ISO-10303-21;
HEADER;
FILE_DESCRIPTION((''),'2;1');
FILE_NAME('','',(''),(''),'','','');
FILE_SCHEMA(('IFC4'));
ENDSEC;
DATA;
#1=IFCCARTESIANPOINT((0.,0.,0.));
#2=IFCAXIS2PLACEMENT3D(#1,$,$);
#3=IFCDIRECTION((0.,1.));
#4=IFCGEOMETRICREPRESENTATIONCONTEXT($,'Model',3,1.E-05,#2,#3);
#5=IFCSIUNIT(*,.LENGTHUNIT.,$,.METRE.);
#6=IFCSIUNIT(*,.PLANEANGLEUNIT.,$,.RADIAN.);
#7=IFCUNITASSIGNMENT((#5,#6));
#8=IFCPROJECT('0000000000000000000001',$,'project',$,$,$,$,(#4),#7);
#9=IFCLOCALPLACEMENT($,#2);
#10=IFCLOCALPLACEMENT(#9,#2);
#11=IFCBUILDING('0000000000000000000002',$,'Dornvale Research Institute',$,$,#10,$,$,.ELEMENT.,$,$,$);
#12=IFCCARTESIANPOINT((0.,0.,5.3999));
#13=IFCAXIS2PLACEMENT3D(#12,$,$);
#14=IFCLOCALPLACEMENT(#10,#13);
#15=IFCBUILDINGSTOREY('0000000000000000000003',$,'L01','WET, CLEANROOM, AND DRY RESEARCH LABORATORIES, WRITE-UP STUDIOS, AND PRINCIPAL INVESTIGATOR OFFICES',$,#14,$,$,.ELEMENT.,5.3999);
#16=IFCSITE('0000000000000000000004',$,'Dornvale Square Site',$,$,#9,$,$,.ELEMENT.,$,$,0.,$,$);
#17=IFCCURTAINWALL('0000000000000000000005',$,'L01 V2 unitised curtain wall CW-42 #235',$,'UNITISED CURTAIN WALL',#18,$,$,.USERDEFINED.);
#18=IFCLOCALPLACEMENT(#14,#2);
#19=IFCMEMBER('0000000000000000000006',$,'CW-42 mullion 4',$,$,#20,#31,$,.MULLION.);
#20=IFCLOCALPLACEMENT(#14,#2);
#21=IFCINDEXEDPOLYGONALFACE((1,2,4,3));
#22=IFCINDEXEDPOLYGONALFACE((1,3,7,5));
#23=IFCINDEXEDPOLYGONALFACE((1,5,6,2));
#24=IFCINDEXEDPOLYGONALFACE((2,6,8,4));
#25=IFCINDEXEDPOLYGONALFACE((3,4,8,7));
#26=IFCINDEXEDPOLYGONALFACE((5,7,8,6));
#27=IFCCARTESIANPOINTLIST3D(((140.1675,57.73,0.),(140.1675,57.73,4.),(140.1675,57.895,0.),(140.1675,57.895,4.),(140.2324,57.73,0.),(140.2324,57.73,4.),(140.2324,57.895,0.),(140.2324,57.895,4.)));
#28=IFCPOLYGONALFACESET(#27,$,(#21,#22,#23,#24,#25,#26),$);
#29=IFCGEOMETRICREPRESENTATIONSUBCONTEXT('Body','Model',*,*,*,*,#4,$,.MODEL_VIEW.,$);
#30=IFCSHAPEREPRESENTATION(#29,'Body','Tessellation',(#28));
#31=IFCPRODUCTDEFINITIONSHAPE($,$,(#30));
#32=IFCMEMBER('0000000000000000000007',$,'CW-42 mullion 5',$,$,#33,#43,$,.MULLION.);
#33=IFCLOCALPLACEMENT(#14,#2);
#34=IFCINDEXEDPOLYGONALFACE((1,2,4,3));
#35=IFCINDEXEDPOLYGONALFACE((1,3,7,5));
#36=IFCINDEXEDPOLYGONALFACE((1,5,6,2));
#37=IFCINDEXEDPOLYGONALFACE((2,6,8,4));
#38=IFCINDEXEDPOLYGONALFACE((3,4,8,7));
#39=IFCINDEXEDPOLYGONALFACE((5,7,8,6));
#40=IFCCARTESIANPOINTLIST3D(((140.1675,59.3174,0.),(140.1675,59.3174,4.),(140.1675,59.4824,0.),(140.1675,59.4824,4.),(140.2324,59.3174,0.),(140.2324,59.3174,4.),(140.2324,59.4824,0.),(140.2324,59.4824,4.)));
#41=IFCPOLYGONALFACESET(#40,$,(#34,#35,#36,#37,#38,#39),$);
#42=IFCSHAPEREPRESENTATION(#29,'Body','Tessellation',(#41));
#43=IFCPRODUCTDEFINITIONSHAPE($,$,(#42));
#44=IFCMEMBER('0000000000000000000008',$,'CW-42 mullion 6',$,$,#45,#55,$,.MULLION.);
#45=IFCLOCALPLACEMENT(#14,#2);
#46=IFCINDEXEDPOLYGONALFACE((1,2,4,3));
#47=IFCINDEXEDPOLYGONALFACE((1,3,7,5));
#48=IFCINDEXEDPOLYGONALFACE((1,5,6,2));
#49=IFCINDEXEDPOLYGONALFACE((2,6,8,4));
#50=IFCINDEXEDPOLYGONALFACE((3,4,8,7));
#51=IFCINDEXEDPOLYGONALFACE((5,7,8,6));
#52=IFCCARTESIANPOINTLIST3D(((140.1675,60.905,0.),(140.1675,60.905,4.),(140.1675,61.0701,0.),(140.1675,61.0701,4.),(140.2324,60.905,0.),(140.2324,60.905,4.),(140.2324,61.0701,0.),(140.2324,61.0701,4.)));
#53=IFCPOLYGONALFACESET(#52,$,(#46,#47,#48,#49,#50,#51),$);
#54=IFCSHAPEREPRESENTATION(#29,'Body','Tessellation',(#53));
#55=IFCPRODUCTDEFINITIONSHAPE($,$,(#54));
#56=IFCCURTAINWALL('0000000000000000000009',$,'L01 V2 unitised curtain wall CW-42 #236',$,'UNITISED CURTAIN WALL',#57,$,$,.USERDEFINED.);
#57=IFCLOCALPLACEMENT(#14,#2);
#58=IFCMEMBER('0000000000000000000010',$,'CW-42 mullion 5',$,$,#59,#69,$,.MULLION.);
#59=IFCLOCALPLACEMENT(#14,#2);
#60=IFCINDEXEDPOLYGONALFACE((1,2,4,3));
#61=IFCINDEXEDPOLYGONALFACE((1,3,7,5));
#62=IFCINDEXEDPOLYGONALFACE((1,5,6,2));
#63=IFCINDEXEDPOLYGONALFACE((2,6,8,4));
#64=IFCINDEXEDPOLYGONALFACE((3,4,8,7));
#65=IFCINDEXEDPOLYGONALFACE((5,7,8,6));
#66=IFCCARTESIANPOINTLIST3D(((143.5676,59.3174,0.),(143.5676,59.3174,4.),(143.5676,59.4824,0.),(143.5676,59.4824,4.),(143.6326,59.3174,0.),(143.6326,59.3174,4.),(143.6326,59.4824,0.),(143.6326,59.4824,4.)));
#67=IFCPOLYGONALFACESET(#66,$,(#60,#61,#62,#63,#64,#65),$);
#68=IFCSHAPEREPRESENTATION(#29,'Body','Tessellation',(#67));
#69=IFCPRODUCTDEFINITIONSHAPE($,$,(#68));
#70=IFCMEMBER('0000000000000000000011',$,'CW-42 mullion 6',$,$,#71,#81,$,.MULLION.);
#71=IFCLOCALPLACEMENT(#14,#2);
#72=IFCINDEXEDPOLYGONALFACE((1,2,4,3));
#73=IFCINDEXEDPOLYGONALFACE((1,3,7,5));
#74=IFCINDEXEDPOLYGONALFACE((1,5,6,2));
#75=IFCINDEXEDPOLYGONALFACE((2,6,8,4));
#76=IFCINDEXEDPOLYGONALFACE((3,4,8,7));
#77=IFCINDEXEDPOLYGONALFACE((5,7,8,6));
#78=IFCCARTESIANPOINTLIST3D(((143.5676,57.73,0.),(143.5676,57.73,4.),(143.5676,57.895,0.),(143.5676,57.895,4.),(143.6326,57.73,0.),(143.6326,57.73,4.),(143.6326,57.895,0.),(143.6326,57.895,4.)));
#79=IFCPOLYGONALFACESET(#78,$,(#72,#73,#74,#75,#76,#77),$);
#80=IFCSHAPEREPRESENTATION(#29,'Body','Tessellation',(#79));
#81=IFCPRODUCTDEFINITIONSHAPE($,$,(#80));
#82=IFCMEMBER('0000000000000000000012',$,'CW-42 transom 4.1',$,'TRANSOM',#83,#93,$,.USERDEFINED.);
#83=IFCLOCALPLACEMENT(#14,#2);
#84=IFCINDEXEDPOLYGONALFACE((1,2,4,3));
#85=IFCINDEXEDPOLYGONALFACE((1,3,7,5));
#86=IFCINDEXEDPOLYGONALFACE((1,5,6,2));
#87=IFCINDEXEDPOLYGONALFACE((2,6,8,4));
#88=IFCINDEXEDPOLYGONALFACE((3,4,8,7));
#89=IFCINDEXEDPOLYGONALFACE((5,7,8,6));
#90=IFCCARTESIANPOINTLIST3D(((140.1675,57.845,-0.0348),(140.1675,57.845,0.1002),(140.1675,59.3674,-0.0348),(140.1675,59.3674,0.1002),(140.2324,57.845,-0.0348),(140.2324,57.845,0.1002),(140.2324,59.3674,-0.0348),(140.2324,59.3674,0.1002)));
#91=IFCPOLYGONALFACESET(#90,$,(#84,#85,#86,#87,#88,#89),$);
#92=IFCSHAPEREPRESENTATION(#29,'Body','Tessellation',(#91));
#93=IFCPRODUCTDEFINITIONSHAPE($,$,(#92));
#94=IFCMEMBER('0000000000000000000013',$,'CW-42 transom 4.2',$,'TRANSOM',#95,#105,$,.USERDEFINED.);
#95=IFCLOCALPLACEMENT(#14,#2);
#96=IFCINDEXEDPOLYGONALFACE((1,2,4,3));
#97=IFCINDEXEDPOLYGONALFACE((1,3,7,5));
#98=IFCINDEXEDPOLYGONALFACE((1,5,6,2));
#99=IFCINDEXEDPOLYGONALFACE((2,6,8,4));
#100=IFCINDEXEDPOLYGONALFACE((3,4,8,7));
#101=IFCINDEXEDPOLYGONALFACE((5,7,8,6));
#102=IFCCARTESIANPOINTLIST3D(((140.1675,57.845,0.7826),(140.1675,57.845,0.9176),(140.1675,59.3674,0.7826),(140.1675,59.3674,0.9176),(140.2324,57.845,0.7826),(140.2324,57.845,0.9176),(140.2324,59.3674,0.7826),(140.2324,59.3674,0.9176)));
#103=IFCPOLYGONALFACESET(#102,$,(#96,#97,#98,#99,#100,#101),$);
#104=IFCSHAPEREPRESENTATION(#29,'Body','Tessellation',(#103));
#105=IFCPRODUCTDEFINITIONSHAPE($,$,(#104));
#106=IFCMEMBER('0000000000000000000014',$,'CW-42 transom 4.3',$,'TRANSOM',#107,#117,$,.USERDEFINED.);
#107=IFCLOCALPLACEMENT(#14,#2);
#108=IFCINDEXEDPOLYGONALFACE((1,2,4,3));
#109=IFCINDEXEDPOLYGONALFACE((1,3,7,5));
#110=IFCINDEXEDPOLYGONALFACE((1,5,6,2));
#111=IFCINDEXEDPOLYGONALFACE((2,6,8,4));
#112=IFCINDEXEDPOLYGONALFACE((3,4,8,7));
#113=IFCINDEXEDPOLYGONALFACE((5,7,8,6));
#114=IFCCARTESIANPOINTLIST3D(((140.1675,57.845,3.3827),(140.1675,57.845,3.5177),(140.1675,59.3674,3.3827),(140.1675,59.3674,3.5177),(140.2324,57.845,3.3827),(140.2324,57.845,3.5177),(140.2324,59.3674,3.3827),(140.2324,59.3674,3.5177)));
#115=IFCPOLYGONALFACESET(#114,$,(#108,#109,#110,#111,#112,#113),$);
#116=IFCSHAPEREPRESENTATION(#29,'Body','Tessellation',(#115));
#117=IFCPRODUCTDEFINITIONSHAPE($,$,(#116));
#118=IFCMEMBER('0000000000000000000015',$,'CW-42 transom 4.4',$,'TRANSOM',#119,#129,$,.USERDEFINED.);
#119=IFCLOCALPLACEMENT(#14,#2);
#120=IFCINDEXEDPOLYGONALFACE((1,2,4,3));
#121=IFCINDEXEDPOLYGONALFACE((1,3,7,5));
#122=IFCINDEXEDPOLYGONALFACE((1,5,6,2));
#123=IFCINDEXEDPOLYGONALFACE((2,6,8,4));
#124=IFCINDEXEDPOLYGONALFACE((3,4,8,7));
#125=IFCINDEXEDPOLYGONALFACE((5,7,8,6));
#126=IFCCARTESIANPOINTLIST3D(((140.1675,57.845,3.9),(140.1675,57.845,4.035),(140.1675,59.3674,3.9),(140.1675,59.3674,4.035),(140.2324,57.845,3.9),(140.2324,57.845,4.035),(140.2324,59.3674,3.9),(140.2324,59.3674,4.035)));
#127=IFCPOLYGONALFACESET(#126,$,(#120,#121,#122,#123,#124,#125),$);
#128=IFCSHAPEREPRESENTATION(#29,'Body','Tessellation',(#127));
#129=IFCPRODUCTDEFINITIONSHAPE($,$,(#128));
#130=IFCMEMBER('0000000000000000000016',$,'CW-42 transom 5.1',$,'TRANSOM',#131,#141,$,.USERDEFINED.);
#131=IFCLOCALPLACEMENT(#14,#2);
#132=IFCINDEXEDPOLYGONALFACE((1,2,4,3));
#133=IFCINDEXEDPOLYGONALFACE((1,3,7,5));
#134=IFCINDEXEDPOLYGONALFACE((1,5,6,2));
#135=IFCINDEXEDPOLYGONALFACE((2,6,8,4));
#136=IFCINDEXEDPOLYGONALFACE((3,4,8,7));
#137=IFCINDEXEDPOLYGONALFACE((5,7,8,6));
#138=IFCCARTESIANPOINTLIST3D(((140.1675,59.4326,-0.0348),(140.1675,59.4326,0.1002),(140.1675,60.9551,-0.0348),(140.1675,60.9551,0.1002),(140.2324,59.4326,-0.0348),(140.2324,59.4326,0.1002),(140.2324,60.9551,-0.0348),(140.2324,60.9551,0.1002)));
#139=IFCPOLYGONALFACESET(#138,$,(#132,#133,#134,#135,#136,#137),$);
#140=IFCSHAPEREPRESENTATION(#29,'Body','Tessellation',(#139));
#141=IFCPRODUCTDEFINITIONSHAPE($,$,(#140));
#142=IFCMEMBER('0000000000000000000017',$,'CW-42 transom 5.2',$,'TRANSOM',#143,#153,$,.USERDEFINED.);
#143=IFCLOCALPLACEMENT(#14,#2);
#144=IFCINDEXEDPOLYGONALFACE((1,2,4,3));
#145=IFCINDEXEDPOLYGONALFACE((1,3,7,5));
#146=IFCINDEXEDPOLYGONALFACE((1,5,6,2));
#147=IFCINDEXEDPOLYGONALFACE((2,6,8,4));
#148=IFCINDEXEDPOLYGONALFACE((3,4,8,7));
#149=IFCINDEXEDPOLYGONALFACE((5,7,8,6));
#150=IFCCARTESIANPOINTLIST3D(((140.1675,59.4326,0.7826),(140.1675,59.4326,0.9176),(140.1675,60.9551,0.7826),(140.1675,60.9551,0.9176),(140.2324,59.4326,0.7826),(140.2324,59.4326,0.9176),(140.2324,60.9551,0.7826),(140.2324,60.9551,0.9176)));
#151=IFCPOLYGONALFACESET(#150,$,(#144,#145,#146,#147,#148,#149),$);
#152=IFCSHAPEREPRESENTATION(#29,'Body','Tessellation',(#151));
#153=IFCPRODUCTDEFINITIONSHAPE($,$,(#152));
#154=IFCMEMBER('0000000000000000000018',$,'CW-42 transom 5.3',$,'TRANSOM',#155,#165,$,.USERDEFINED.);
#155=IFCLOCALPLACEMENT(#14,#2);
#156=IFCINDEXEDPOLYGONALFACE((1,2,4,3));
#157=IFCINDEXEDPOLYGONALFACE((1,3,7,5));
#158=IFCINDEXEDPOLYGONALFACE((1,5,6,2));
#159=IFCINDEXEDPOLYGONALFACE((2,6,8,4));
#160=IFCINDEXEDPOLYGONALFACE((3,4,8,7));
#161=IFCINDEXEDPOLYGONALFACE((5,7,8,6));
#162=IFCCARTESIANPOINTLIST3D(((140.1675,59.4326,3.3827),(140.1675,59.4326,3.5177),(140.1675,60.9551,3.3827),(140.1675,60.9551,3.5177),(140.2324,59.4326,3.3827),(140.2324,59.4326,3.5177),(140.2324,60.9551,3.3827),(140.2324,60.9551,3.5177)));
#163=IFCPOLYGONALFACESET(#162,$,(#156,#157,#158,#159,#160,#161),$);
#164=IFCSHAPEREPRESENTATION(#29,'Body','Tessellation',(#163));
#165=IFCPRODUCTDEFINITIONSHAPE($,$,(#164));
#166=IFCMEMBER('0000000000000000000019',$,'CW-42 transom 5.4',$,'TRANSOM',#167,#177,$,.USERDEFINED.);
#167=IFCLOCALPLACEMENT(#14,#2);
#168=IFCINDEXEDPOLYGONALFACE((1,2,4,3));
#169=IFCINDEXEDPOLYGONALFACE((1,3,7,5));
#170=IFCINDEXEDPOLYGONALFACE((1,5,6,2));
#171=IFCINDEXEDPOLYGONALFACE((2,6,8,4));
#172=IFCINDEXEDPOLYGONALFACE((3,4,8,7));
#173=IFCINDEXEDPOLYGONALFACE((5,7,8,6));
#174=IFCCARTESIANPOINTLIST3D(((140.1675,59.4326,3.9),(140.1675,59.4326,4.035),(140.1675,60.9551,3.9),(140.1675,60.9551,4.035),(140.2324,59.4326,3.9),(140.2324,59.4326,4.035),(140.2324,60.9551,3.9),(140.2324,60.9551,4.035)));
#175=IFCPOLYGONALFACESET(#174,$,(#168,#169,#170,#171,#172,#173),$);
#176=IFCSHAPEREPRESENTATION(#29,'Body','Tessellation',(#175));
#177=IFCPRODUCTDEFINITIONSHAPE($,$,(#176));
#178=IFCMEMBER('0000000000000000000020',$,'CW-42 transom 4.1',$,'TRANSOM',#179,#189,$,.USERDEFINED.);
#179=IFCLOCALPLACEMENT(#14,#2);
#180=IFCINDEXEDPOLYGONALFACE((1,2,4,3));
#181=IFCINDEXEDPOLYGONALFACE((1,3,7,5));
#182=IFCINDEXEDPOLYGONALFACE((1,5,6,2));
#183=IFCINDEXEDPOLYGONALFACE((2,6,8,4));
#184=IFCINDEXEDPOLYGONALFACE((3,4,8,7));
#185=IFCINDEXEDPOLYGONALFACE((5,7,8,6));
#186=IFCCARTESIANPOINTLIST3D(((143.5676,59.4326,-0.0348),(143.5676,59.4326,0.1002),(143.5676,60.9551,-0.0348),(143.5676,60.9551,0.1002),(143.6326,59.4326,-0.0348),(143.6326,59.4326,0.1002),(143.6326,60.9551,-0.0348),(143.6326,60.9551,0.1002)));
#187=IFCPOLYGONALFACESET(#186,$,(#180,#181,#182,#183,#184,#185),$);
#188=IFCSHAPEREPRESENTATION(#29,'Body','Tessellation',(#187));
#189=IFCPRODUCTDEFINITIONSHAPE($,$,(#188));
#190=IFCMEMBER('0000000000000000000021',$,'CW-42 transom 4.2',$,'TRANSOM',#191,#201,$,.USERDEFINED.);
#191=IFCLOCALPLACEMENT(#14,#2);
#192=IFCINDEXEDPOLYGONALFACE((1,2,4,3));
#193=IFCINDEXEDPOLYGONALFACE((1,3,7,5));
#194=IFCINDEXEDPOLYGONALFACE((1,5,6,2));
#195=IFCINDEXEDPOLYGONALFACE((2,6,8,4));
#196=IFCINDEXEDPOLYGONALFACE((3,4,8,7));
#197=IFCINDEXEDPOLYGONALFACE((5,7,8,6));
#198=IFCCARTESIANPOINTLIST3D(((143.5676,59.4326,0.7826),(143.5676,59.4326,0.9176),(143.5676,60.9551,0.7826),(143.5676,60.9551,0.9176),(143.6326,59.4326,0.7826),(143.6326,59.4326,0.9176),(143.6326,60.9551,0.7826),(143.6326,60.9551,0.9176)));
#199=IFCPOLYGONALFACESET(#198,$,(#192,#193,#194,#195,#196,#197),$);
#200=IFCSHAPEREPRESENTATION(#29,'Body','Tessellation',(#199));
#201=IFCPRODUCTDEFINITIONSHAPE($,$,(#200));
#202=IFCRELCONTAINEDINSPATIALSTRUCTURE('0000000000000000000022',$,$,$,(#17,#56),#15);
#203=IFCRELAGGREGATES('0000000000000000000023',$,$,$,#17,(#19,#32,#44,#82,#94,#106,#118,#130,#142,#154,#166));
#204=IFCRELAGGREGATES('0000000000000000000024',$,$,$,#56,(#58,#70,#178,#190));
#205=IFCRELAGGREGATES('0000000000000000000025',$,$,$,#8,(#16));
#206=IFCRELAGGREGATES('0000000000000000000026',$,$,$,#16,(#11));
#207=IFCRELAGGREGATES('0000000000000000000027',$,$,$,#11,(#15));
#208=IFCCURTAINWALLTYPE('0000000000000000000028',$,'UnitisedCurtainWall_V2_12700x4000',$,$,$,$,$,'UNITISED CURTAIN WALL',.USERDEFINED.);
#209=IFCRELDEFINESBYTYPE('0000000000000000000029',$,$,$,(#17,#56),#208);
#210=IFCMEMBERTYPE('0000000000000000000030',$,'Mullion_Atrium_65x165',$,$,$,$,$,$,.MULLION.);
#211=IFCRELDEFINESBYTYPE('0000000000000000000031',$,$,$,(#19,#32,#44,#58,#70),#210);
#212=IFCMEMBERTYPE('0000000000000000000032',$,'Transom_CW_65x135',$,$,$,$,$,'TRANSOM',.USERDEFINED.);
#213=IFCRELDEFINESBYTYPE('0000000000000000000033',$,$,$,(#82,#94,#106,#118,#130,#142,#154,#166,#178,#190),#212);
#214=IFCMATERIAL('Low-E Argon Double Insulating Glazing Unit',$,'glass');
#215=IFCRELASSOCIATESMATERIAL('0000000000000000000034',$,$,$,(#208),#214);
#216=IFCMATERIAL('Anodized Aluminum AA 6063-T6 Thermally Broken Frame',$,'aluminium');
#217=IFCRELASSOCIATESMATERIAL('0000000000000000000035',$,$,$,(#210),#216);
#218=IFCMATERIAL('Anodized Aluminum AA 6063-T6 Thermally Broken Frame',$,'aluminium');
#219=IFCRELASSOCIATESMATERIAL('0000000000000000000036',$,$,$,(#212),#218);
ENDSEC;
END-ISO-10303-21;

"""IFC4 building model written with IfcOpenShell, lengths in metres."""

from ifc_helpers import new_model, si_unit, direction, frame, origin, origin_2d, place, context, subcontext, project, spatial, rectangle, extrude, material, material_profile, profile_set, type_object, element, aggregate, save


model = new_model("IFC4")

# Units and contexts
model_context = context("Model", 3, precision=1e-05, world=origin(), true_north=direction((0.0, 1.0)))
body_context = subcontext(model_context, "Body", "Model", "MODEL_VIEW")
ifc_project = project(units=[si_unit("LENGTHUNIT", "METRE"), si_unit("PLANEANGLEUNIT", "RADIAN")], contexts=[model_context])

# Site, building, storey
site_placement = place(None, origin())
site = spatial("IfcSite", under=ifc_project, at=site_placement, Name="Dornvale Square Site", CompositionType="ELEMENT", RefElevation=0.0)
building_placement = place(site_placement, origin())
building = spatial("IfcBuilding", under=site, at=building_placement, Name="Dornvale Research Institute", CompositionType="ELEMENT")
storey_placement = place(building_placement, frame((0.0, 0.0, 5.3999)))
storey = spatial("IfcBuildingStorey", under=building, at=storey_placement, Name="L01", Description="WET, CLEANROOM, AND DRY RESEARCH LABORATORIES, WRITE-UP STUDIOS, AND PRINCIPAL INVESTIGATOR OFFICES", CompositionType="ELEMENT", Elevation=5.3999)

# Curtain walls, members
ifc_material_1 = material(Name="Low-E Argon Double Insulating Glazing Unit", Category="glass")
curtain_wall_type = type_object("IfcCurtainWallType", Name="UnitisedCurtainWall_V2_12700x4000", ElementType="UNITISED CURTAIN WALL", PredefinedType="USERDEFINED", material=ifc_material_1)
curtain_wall_1_placement = place(storey_placement, origin())
curtain_wall_1 = element("IfcCurtainWall", 1, at=curtain_wall_1_placement, inside=storey, type_object=curtain_wall_type, Name="L01 V2 unitised curtain wall CW-42 #235", ObjectType="UNITISED CURTAIN WALL", PredefinedType="USERDEFINED")
ifc_material_2 = material(Name="Anodized Aluminum AA 6063-T6 Thermally Broken Frame", Category="aluminium")
ifc_material_profile_1 = material_profile(ifc_material_2, rectangle(XDim=0.0649, YDim=0.165, at=origin_2d()), Name="ALU MULLION 65x165")
ifc_profile_set_1 = profile_set([ifc_material_profile_1], Name="Anodized Aluminum AA 6063-T6 Thermally Broken Frame")
member_type_1 = type_object("IfcMemberType", Name="Mullion_Atrium_65x165", PredefinedType="MULLION", material=ifc_profile_set_1)
member_1_placement = place(storey_placement, frame((140.2, 57.8125, 0.0), z_axis=(0.0, 0.0, 1.0), x_axis=(-1.0, 0.0, 0.0)))
member_1 = element("IfcMember", 2, at=member_1_placement, type_object=member_type_1, Name="CW-42 mullion 4", PredefinedType="MULLION", context=body_context, shape_type="SweptSolid", body=[
    extrude(rectangle(XDim=0.0649, YDim=0.165, at=origin_2d()), origin(), (0.0, 0.0, 1.0), 4.0),
])
member_2_placement = place(storey_placement, frame((140.2, 59.3999, 0.0), z_axis=(0.0, 0.0, 1.0), x_axis=(-1.0, 0.0, 0.0)))
member_2 = element("IfcMember", 3, at=member_2_placement, type_object=member_type_1, Name="CW-42 mullion 5", PredefinedType="MULLION", context=body_context, shape_type="SweptSolid", body=[
    extrude(rectangle(XDim=0.0649, YDim=0.165, at=origin_2d()), origin(), (0.0, 0.0, 1.0), 4.0),
])
member_3_placement = place(storey_placement, frame((140.2, 60.9875, 0.0), z_axis=(0.0, 0.0, 1.0), x_axis=(-1.0, 0.0, 0.0)))
member_3 = element("IfcMember", 4, at=member_3_placement, type_object=member_type_1, Name="CW-42 mullion 6", PredefinedType="MULLION", context=body_context, shape_type="SweptSolid", body=[
    extrude(rectangle(XDim=0.0649, YDim=0.165, at=origin_2d()), origin(), (0.0, 0.0, 1.0), 4.0),
])
curtain_wall_2_placement = place(storey_placement, origin())
curtain_wall_2 = element("IfcCurtainWall", 5, at=curtain_wall_2_placement, inside=storey, type_object=curtain_wall_type, Name="L01 V2 unitised curtain wall CW-42 #236", ObjectType="UNITISED CURTAIN WALL", PredefinedType="USERDEFINED")
member_4_placement = place(storey_placement, frame((143.6001, 59.3999, 0.0), z_axis=(0.0, 0.0, 1.0), x_axis=(1.0, 0.0, 0.0)))
member_4 = element("IfcMember", 6, at=member_4_placement, type_object=member_type_1, Name="CW-42 mullion 5", PredefinedType="MULLION", context=body_context, shape_type="SweptSolid", body=[
    extrude(rectangle(XDim=0.0649, YDim=0.165, at=origin_2d()), origin(), (0.0, 0.0, 1.0), 4.0),
])
member_5_placement = place(storey_placement, frame((143.6001, 57.8125, 0.0), z_axis=(0.0, 0.0, 1.0), x_axis=(1.0, 0.0, 0.0)))
member_5 = element("IfcMember", 7, at=member_5_placement, type_object=member_type_1, Name="CW-42 mullion 6", PredefinedType="MULLION", context=body_context, shape_type="SweptSolid", body=[
    extrude(rectangle(XDim=0.0649, YDim=0.165, at=origin_2d()), origin(), (0.0, 0.0, 1.0), 4.0),
])

# Members
ifc_material_3 = material(Name="Anodized Aluminum AA 6063-T6 Thermally Broken Frame", Category="aluminium")
ifc_material_profile_2 = material_profile(ifc_material_3, rectangle(XDim=0.0649, YDim=0.135, at=origin_2d()), Name="ALU TRANSOM 65x135")
ifc_profile_set_2 = profile_set([ifc_material_profile_2], Name="Anodized Aluminum AA 6063-T6 Thermally Broken Frame")
member_type_2 = type_object("IfcMemberType", Name="Transom_CW_65x135", ElementType="TRANSOM", PredefinedType="USERDEFINED", material=ifc_profile_set_2)
member_6_placement = place(storey_placement, frame((140.2, 57.845, 0.0327), z_axis=(0.0, 1.0, 0.0), x_axis=(-1.0, 0.0, 0.0)))
member_6 = element("IfcMember", 8, at=member_6_placement, type_object=member_type_2, Name="CW-42 transom 4.1", ObjectType="TRANSOM", PredefinedType="USERDEFINED", context=body_context, shape_type="SweptSolid", body=[
    extrude(rectangle(XDim=0.0649, YDim=0.135, at=origin_2d()), origin(), (0.0, 0.0, 1.0), 1.5225),
])
member_7_placement = place(storey_placement, frame((140.2, 57.845, 0.8501), z_axis=(0.0, 1.0, 0.0), x_axis=(-1.0, 0.0, 0.0)))
member_7 = element("IfcMember", 9, at=member_7_placement, type_object=member_type_2, Name="CW-42 transom 4.2", ObjectType="TRANSOM", PredefinedType="USERDEFINED", context=body_context, shape_type="SweptSolid", body=[
    extrude(rectangle(XDim=0.0649, YDim=0.135, at=origin_2d()), origin(), (0.0, 0.0, 1.0), 1.5225),
])
member_8_placement = place(storey_placement, frame((140.2, 57.845, 3.4502), z_axis=(0.0, 1.0, 0.0), x_axis=(-1.0, 0.0, 0.0)))
member_8 = element("IfcMember", 10, at=member_8_placement, type_object=member_type_2, Name="CW-42 transom 4.3", ObjectType="TRANSOM", PredefinedType="USERDEFINED", context=body_context, shape_type="SweptSolid", body=[
    extrude(rectangle(XDim=0.0649, YDim=0.135, at=origin_2d()), origin(), (0.0, 0.0, 1.0), 1.5225),
])
member_9_placement = place(storey_placement, frame((140.2, 57.845, 3.9675), z_axis=(0.0, 1.0, 0.0), x_axis=(-1.0, 0.0, 0.0)))
member_9 = element("IfcMember", 11, at=member_9_placement, type_object=member_type_2, Name="CW-42 transom 4.4", ObjectType="TRANSOM", PredefinedType="USERDEFINED", context=body_context, shape_type="SweptSolid", body=[
    extrude(rectangle(XDim=0.0649, YDim=0.135, at=origin_2d()), origin(), (0.0, 0.0, 1.0), 1.5225),
])
member_10_placement = place(storey_placement, frame((140.2, 59.4326, 0.0327), z_axis=(0.0, 1.0, 0.0), x_axis=(-1.0, 0.0, 0.0)))
member_10 = element("IfcMember", 12, at=member_10_placement, type_object=member_type_2, Name="CW-42 transom 5.1", ObjectType="TRANSOM", PredefinedType="USERDEFINED", context=body_context, shape_type="SweptSolid", body=[
    extrude(rectangle(XDim=0.0649, YDim=0.135, at=origin_2d()), origin(), (0.0, 0.0, 1.0), 1.5225),
])
member_11_placement = place(storey_placement, frame((140.2, 59.4326, 0.8501), z_axis=(0.0, 1.0, 0.0), x_axis=(-1.0, 0.0, 0.0)))
member_11 = element("IfcMember", 13, at=member_11_placement, type_object=member_type_2, Name="CW-42 transom 5.2", ObjectType="TRANSOM", PredefinedType="USERDEFINED", context=body_context, shape_type="SweptSolid", body=[
    extrude(rectangle(XDim=0.0649, YDim=0.135, at=origin_2d()), origin(), (0.0, 0.0, 1.0), 1.5225),
])
member_12_placement = place(storey_placement, frame((140.2, 59.4326, 3.4502), z_axis=(0.0, 1.0, 0.0), x_axis=(-1.0, 0.0, 0.0)))
member_12 = element("IfcMember", 14, at=member_12_placement, type_object=member_type_2, Name="CW-42 transom 5.3", ObjectType="TRANSOM", PredefinedType="USERDEFINED", context=body_context, shape_type="SweptSolid", body=[
    extrude(rectangle(XDim=0.0649, YDim=0.135, at=origin_2d()), origin(), (0.0, 0.0, 1.0), 1.5225),
])
member_13_placement = place(storey_placement, frame((140.2, 59.4326, 3.9675), z_axis=(0.0, 1.0, 0.0), x_axis=(-1.0, 0.0, 0.0)))
member_13 = element("IfcMember", 15, at=member_13_placement, type_object=member_type_2, Name="CW-42 transom 5.4", ObjectType="TRANSOM", PredefinedType="USERDEFINED", context=body_context, shape_type="SweptSolid", body=[
    extrude(rectangle(XDim=0.0649, YDim=0.135, at=origin_2d()), origin(), (0.0, 0.0, 1.0), 1.5225),
])
member_14_placement = place(storey_placement, frame((143.6001, 60.9551, 0.0327), z_axis=(0.0, -1.0, 0.0), x_axis=(1.0, 0.0, 0.0)))
member_14 = element("IfcMember", 16, at=member_14_placement, type_object=member_type_2, Name="CW-42 transom 4.1", ObjectType="TRANSOM", PredefinedType="USERDEFINED", context=body_context, shape_type="SweptSolid", body=[
    extrude(rectangle(XDim=0.0649, YDim=0.135, at=origin_2d()), origin(), (0.0, 0.0, 1.0), 1.5225),
])
member_15_placement = place(storey_placement, frame((143.6001, 60.9551, 0.8501), z_axis=(0.0, -1.0, 0.0), x_axis=(1.0, 0.0, 0.0)))
member_15 = element("IfcMember", 17, at=member_15_placement, type_object=member_type_2, Name="CW-42 transom 4.2", ObjectType="TRANSOM", PredefinedType="USERDEFINED", context=body_context, shape_type="SweptSolid", body=[
    extrude(rectangle(XDim=0.0649, YDim=0.135, at=origin_2d()), origin(), (0.0, 0.0, 1.0), 1.5225),
])

aggregate(curtain_wall_1, [member_1, member_2, member_3, member_6, member_7, member_8, member_9, member_10, member_11, member_12, member_13])
aggregate(curtain_wall_2, [member_4, member_5, member_14, member_15])

save(model, "model.ifc")
